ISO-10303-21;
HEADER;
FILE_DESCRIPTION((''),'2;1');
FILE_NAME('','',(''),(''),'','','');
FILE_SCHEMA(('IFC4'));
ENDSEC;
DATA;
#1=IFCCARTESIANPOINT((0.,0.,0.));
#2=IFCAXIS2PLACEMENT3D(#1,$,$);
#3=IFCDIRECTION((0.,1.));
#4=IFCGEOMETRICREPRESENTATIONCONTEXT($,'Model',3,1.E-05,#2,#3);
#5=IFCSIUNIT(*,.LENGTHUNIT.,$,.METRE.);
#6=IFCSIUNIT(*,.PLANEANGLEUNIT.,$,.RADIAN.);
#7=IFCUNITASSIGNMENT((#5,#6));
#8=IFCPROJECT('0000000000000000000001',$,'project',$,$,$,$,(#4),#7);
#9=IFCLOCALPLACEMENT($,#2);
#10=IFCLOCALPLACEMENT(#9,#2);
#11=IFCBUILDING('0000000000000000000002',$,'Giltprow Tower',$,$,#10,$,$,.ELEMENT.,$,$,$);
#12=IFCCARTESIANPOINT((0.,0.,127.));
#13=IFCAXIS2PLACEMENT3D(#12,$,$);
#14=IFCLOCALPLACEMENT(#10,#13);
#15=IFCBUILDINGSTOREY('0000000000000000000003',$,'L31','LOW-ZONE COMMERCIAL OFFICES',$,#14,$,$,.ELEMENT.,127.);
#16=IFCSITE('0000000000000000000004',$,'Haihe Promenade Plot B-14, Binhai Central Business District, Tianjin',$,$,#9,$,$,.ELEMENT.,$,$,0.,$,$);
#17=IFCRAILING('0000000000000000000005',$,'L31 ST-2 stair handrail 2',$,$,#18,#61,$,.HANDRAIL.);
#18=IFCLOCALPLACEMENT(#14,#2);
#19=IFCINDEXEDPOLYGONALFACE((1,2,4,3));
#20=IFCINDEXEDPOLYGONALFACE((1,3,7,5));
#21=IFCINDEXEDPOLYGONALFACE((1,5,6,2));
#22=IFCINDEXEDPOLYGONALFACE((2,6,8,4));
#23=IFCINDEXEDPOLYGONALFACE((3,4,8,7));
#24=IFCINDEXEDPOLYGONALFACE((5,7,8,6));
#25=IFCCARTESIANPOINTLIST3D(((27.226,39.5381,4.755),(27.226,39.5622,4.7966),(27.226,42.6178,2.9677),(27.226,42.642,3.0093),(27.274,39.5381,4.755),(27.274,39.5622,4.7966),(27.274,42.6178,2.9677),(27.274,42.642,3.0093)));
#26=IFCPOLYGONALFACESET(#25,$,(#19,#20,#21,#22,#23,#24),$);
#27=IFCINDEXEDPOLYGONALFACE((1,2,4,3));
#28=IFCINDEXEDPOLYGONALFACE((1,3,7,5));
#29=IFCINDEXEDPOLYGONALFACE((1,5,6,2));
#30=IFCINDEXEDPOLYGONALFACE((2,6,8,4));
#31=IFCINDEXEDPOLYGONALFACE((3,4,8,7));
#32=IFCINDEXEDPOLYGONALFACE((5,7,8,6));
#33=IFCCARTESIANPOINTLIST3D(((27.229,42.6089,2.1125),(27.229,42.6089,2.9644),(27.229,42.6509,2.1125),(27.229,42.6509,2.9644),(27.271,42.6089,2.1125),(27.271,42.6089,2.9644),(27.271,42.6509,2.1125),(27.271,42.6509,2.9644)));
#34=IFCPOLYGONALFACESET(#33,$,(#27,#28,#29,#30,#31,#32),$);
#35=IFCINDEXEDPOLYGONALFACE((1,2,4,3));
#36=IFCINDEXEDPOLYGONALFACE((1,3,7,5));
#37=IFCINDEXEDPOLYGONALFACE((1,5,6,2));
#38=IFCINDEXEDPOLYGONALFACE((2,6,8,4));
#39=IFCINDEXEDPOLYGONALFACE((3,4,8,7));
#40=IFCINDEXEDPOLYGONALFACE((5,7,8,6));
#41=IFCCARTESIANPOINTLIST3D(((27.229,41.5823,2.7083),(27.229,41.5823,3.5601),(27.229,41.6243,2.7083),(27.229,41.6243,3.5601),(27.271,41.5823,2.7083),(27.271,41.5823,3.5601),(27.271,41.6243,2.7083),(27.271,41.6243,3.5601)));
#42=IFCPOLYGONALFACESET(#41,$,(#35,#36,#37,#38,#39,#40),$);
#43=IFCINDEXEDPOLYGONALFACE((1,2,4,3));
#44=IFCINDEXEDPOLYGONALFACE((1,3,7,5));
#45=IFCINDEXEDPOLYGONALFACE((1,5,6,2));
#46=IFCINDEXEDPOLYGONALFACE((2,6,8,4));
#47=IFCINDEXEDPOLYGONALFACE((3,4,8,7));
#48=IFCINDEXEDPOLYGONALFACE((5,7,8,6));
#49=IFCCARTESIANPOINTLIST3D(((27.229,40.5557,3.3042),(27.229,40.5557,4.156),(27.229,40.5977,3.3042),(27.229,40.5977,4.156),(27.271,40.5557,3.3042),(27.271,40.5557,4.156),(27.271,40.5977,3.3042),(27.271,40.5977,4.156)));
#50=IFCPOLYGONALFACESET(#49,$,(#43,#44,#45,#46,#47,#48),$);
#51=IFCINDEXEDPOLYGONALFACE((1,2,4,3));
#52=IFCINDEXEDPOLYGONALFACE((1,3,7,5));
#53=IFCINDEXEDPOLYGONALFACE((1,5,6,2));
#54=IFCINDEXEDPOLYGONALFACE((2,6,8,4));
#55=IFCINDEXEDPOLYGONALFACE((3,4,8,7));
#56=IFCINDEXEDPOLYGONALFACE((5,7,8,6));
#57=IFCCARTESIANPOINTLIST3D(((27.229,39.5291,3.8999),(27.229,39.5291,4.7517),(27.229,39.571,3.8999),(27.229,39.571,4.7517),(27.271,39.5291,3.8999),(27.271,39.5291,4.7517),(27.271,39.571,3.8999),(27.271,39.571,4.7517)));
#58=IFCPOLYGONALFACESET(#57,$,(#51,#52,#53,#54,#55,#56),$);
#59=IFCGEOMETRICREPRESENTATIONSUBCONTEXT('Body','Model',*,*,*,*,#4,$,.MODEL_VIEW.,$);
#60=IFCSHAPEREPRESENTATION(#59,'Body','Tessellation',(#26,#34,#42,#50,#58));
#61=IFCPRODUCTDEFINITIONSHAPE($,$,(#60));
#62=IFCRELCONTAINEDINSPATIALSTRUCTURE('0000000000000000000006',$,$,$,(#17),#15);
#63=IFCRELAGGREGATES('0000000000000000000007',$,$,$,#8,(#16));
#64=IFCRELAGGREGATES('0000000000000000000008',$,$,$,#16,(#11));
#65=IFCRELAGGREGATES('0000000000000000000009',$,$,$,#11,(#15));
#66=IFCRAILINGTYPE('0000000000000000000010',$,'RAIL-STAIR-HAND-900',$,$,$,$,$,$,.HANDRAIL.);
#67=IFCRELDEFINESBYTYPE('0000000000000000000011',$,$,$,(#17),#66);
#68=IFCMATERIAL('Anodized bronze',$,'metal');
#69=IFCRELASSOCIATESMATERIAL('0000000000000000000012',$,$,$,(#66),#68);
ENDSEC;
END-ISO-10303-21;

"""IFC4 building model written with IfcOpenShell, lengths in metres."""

from ifc_helpers import new_model, si_unit, direction, frame, origin, origin_2d, place, context, subcontext, project, spatial, rectangle, extrude, material, type_object, element, save


model = new_model("IFC4")

# Units and contexts
model_context = context("Model", 3, precision=1e-05, world=origin(), true_north=direction((0.0, 1.0)))
body_context = subcontext(model_context, "Body", "Model", "MODEL_VIEW")
ifc_project = project(units=[si_unit("LENGTHUNIT", "METRE"), si_unit("PLANEANGLEUNIT", "RADIAN")], contexts=[model_context])

# Site, building, storey
site_placement = place(None, origin())
site = spatial("IfcSite", under=ifc_project, at=site_placement, Name="Haihe Promenade Plot B-14, Binhai Central Business District, Tianjin", CompositionType="ELEMENT", RefElevation=0.0)
building_placement = place(site_placement, origin())
building = spatial("IfcBuilding", under=site, at=building_placement, Name="Giltprow Tower", CompositionType="ELEMENT")
storey_placement = place(building_placement, frame((0.0, 0.0, 127.0)))
storey = spatial("IfcBuildingStorey", under=building, at=storey_placement, Name="L31", Description="LOW-ZONE COMMERCIAL OFFICES", CompositionType="ELEMENT", Elevation=127.0)

# Railing
ifc_material_1 = material(Name="Anodized bronze", Category="metal")
railing_type_1 = type_object("IfcRailingType", Name="RAIL-STAIR-HAND-900", PredefinedType="HANDRAIL", material=ifc_material_1)
railing_1_placement = place(storey_placement, frame((27.25, 42.6299, 2.1125)))
element("IfcRailing", 1, at=railing_1_placement, inside=storey, type_object=railing_type_1, Name="L31 ST-2 stair handrail 2", PredefinedType="HANDRAIL", context=body_context, shape_type="SweptSolid", body=[
    extrude(rectangle(XDim=0.0481, YDim=0.0481, at=origin_2d()), frame((0.0, 0.0, 0.876), z_axis=(0.0, -0.864903, 0.501939), x_axis=(1.0, 0.0, 0.0)), (0.0, 0.0, 1.0), 3.5608),
    extrude(rectangle(XDim=0.042, YDim=0.042, at=origin_2d()), origin(), (0.0, 0.0, 1.0), 0.8518),
    extrude(rectangle(XDim=0.042, YDim=0.042, at=origin_2d()), frame((0.0, -1.0266, 0.5957)), (0.0, 0.0, 1.0), 0.8518),
    extrude(rectangle(XDim=0.042, YDim=0.042, at=origin_2d()), frame((0.0, -2.0532, 1.1917)), (0.0, 0.0, 1.0), 0.8518),
    extrude(rectangle(XDim=0.042, YDim=0.042, at=origin_2d()), frame((0.0, -3.0798, 1.7874)), (0.0, 0.0, 1.0), 0.8518),
])

save(model, "model.ifc")
